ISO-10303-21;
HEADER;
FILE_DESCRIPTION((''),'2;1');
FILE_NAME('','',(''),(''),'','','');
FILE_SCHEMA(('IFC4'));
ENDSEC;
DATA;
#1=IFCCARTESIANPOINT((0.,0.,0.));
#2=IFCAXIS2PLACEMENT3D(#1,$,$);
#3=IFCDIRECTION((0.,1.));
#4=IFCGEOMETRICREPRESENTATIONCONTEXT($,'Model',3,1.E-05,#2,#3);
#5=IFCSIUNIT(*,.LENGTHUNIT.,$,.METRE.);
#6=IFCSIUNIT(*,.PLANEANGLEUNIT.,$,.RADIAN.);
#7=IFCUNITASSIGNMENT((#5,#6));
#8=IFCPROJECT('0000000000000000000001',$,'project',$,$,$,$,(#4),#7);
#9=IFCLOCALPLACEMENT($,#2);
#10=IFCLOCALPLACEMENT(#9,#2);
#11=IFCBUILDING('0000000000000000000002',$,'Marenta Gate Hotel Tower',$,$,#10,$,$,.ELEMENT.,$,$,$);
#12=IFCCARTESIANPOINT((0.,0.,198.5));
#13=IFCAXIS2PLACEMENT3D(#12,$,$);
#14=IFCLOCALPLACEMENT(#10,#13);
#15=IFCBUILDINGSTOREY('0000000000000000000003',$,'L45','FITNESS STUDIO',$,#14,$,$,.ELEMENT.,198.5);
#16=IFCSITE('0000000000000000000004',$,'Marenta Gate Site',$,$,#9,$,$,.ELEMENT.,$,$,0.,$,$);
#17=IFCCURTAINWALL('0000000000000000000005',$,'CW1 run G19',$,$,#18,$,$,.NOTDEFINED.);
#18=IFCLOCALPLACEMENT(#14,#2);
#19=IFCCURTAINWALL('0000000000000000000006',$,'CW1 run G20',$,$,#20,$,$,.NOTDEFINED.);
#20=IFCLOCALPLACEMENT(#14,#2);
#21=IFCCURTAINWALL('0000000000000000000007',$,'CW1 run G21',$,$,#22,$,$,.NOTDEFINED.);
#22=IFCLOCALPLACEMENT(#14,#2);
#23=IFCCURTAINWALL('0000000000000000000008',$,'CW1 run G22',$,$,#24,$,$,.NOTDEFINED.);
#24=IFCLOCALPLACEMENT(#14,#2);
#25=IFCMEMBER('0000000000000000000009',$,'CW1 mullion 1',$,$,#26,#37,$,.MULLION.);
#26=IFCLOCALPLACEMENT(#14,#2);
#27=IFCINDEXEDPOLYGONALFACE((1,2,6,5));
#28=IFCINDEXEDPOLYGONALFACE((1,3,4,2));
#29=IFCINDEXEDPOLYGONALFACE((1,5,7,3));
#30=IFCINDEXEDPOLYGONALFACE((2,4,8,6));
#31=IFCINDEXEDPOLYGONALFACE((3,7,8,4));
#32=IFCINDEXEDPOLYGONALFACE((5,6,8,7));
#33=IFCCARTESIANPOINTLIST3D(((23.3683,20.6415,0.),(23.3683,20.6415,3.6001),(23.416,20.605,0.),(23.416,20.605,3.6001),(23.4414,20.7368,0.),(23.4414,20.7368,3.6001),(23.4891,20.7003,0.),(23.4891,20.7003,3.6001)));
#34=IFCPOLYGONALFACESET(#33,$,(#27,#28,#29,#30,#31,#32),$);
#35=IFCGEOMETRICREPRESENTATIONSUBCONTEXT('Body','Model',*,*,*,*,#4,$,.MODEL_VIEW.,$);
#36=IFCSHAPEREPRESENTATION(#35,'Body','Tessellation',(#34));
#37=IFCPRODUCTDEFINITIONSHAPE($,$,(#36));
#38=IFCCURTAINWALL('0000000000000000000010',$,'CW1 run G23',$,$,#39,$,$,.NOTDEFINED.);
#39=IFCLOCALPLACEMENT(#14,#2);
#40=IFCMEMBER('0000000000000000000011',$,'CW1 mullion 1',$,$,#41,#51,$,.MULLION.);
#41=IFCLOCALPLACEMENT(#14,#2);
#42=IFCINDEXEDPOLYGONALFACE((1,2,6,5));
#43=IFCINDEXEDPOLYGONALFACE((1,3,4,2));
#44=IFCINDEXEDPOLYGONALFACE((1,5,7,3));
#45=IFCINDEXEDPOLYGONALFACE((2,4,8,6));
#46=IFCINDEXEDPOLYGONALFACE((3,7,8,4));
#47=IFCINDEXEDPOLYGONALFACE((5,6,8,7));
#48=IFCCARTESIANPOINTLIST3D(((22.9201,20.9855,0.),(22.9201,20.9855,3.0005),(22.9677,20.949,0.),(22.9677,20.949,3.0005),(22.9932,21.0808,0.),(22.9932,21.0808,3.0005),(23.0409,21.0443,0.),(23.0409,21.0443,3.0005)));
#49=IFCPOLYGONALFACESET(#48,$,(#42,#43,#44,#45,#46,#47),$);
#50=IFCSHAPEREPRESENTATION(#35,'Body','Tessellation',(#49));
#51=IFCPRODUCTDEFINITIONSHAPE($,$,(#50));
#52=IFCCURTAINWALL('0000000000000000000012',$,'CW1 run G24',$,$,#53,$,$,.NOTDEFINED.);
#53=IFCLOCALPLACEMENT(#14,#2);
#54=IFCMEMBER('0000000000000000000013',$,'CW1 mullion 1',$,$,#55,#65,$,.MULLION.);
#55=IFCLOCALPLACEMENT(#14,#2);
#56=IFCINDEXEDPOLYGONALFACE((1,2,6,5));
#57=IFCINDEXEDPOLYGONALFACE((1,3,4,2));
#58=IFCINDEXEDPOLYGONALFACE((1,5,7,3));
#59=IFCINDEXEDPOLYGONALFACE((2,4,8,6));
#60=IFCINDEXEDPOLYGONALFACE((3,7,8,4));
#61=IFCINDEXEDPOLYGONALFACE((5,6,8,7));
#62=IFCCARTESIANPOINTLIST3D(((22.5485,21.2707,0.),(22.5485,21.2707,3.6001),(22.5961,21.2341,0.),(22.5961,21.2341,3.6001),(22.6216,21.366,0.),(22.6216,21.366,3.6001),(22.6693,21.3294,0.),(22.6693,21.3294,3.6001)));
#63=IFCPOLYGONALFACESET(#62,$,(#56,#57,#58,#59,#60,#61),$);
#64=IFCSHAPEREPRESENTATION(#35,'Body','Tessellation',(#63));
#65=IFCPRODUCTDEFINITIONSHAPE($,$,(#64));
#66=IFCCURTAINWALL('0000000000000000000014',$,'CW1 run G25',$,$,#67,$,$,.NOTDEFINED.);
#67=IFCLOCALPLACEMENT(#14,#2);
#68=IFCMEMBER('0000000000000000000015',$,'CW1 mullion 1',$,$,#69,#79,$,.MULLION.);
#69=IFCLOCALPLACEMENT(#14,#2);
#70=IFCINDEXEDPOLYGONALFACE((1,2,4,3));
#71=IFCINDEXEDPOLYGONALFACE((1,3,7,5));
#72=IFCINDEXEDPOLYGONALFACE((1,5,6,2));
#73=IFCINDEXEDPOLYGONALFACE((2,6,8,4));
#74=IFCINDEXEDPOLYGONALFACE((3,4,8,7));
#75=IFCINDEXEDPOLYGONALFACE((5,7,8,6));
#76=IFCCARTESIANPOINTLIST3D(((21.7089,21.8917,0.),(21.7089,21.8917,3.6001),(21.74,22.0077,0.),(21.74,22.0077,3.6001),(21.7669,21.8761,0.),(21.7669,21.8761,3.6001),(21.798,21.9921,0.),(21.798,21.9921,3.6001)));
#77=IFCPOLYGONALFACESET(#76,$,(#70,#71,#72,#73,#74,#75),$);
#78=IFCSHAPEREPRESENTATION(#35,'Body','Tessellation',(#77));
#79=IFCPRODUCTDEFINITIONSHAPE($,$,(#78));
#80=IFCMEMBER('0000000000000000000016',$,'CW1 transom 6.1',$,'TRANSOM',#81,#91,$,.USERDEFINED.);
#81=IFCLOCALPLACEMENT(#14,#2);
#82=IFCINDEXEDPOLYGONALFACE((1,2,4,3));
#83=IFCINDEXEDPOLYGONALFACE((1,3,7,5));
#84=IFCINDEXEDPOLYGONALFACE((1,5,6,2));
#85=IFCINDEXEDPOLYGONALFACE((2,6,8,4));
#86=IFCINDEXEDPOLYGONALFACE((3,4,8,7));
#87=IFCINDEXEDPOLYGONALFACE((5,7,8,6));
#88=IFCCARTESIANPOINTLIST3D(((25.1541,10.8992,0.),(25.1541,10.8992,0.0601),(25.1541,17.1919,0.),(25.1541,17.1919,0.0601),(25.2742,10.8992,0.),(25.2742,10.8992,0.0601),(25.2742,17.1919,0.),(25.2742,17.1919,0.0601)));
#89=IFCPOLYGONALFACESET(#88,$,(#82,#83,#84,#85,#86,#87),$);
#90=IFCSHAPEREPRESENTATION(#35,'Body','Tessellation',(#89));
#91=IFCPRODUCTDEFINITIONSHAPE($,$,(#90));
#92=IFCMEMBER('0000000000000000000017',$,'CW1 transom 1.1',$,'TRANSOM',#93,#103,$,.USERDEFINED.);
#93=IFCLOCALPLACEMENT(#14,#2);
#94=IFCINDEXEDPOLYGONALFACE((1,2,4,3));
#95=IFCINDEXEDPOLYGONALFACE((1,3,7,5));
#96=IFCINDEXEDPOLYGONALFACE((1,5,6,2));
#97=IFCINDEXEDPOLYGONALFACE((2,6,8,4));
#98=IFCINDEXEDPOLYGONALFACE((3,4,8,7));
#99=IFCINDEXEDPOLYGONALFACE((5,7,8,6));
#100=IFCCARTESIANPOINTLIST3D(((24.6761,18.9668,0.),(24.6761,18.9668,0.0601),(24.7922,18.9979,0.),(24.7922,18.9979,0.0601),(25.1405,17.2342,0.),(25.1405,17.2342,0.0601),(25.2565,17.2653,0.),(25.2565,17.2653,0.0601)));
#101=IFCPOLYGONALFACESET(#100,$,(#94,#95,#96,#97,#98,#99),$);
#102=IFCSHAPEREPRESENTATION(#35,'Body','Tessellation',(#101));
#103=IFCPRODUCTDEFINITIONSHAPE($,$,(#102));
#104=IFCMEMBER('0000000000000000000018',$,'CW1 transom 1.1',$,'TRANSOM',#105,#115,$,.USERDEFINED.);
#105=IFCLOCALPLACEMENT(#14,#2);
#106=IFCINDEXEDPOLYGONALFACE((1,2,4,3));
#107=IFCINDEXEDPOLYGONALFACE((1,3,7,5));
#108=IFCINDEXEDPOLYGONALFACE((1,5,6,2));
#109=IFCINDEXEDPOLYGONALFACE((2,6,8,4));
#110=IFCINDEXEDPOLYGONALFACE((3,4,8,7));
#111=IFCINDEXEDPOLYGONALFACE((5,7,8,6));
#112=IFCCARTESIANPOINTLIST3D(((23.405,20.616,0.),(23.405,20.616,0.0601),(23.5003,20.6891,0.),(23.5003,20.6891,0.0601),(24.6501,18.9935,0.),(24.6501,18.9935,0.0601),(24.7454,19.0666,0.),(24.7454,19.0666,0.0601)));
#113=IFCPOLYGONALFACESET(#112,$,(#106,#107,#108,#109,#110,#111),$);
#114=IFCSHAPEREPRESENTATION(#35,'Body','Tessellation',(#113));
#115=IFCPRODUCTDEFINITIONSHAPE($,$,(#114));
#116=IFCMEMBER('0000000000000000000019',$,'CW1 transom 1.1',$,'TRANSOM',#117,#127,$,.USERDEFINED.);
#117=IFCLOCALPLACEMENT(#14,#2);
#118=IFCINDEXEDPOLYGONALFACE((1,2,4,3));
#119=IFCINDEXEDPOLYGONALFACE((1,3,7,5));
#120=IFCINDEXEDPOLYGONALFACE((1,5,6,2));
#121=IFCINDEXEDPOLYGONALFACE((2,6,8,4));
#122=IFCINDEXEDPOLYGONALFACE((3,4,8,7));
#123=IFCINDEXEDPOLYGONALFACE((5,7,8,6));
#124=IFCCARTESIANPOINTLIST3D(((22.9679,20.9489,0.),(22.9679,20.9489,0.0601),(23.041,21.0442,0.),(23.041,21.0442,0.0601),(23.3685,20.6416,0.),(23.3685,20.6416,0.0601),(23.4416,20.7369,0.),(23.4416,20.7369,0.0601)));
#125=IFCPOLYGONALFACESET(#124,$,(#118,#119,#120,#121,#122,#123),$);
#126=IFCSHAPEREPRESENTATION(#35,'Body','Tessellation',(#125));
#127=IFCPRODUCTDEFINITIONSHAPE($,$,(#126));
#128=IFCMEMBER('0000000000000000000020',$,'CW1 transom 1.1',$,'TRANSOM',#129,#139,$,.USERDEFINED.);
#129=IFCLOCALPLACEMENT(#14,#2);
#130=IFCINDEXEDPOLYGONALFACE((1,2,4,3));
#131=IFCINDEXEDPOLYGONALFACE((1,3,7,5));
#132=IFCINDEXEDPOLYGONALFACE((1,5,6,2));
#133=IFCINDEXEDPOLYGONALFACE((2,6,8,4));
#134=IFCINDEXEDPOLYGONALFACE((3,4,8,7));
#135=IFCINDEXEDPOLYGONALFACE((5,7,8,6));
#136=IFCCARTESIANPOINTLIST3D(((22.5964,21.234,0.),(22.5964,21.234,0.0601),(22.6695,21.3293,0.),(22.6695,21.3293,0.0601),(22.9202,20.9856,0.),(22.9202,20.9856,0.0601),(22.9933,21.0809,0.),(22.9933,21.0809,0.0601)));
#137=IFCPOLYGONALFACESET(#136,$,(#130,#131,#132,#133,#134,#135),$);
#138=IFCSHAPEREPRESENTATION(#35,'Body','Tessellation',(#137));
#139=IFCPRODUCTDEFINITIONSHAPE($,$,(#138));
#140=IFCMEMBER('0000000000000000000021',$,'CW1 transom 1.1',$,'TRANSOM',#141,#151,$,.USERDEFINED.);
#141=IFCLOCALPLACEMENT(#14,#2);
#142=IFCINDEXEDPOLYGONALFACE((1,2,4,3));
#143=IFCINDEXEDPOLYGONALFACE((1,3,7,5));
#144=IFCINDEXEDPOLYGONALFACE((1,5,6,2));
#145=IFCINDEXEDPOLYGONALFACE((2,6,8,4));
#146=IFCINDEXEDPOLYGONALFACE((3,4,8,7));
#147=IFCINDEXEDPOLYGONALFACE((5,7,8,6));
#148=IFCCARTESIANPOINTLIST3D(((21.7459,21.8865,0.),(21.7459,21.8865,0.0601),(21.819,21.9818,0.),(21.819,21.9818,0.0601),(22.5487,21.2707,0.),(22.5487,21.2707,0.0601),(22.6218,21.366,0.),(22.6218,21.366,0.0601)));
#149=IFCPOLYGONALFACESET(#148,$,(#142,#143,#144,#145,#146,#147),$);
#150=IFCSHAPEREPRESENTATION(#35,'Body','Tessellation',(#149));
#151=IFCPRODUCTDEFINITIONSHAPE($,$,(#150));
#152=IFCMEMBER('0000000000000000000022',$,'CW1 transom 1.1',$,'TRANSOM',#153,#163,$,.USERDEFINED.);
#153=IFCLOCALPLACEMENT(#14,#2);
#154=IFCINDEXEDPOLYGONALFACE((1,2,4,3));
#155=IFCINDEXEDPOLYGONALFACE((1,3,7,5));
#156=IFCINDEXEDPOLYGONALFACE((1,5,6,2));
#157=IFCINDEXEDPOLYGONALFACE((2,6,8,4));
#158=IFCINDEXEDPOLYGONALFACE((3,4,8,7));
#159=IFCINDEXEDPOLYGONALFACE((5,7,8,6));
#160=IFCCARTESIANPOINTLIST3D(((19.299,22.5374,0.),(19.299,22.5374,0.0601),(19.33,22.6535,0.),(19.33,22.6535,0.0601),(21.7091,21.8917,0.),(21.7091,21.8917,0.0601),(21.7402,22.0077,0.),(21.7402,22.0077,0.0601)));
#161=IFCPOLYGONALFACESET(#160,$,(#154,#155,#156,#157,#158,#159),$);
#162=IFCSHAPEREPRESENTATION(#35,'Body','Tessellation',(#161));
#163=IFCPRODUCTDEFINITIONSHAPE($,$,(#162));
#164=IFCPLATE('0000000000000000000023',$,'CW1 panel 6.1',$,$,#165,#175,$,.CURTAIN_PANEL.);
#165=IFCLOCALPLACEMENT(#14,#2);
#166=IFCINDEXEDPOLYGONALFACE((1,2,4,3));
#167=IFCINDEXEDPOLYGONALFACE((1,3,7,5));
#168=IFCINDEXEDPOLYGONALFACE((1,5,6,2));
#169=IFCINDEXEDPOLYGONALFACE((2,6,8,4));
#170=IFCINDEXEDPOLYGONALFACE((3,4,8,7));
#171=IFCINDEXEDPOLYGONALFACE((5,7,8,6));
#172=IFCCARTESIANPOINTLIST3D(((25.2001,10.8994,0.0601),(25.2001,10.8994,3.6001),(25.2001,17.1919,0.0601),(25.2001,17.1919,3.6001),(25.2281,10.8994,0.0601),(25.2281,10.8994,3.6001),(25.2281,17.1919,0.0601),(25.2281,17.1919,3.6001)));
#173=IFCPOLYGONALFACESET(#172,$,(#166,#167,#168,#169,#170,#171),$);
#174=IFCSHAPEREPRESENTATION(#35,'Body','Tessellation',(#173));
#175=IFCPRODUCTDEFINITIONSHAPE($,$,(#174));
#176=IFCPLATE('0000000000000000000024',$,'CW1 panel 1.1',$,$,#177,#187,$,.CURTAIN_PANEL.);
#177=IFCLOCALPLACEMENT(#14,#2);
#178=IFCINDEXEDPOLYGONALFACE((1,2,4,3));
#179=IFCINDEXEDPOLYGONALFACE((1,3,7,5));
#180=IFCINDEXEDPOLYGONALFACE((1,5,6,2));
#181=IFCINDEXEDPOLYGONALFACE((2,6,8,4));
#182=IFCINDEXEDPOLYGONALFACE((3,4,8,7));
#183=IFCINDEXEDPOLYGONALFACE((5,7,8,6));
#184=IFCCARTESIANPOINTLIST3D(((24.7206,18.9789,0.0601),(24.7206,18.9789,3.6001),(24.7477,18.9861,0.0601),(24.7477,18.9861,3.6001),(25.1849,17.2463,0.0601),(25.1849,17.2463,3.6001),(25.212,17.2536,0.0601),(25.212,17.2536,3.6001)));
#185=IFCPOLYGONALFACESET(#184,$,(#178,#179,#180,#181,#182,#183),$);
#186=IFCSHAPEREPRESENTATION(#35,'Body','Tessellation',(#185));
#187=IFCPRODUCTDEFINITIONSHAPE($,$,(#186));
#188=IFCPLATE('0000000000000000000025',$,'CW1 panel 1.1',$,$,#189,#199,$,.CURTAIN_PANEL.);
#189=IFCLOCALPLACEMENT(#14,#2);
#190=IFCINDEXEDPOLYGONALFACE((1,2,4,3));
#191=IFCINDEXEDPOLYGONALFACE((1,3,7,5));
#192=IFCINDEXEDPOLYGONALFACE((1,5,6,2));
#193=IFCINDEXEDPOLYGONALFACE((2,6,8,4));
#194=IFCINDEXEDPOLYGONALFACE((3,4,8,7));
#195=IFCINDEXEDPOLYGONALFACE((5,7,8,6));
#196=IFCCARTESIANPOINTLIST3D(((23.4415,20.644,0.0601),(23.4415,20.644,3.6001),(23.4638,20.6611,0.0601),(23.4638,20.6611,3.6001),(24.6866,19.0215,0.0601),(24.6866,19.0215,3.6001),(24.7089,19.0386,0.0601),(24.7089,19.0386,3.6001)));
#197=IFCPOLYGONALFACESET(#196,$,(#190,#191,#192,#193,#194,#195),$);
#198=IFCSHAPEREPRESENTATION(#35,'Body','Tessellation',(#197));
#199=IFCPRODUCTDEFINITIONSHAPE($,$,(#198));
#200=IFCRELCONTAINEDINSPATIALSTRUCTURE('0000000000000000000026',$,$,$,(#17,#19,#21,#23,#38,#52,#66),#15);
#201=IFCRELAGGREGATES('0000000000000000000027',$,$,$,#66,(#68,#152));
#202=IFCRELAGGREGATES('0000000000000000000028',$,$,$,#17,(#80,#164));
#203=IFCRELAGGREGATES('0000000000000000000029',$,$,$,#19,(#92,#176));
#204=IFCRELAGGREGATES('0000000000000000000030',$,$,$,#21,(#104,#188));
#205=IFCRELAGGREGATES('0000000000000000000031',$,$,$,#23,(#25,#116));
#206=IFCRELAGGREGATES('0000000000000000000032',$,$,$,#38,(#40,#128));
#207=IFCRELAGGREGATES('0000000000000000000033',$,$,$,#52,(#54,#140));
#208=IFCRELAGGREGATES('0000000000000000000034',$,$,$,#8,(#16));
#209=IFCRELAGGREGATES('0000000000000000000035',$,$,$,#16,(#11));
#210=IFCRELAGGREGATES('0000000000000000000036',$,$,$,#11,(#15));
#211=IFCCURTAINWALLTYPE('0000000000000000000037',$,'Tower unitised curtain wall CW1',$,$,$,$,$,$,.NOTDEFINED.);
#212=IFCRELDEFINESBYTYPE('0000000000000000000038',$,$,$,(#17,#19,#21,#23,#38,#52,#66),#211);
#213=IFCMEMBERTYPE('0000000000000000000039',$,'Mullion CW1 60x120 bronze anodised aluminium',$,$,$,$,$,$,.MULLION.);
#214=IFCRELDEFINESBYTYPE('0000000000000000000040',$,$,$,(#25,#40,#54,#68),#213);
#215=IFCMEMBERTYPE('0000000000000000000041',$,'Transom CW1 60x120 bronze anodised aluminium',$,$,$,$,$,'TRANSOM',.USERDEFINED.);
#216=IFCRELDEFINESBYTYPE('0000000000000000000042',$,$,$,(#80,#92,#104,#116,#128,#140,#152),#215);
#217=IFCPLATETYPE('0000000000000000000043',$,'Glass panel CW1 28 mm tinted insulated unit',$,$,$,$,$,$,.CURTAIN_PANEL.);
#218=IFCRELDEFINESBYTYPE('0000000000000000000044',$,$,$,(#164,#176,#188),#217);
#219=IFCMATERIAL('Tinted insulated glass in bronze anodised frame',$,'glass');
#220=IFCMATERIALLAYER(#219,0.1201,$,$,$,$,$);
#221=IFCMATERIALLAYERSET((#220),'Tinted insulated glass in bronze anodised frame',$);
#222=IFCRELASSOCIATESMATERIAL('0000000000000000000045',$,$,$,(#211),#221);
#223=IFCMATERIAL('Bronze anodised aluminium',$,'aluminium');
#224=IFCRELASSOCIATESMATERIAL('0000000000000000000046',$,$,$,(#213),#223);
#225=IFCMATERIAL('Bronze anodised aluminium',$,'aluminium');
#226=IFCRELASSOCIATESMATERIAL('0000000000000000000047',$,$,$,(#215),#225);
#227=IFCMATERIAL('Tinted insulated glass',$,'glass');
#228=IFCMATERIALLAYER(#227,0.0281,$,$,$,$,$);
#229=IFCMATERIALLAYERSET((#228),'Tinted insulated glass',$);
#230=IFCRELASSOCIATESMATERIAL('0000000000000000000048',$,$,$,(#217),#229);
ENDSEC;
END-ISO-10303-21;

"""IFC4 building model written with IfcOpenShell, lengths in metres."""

from ifc_helpers import new_model, si_unit, direction, frame, origin, origin_2d, place, context, subcontext, project, spatial, rectangle, extrude, material, layer, layer_set, material_profile, profile_set, type_object, element, aggregate, save


model = new_model("IFC4")

# Units and contexts
model_context = context("Model", 3, precision=1e-05, world=origin(), true_north=direction((0.0, 1.0)))
body_context = subcontext(model_context, "Body", "Model", "MODEL_VIEW")
ifc_project = project(units=[si_unit("LENGTHUNIT", "METRE"), si_unit("PLANEANGLEUNIT", "RADIAN")], contexts=[model_context])

# Site, building, storey
site_placement = place(None, origin())
site = spatial("IfcSite", under=ifc_project, at=site_placement, Name="Marenta Gate Site", CompositionType="ELEMENT", RefElevation=0.0)
building_placement = place(site_placement, origin())
building = spatial("IfcBuilding", under=site, at=building_placement, Name="Marenta Gate Hotel Tower", CompositionType="ELEMENT")
storey_placement = place(building_placement, frame((0.0, 0.0, 198.5)))
storey = spatial("IfcBuildingStorey", under=building, at=storey_placement, Name="L45", Description="FITNESS STUDIO", CompositionType="ELEMENT", Elevation=198.5)

# Curtain walls, members
ifc_material_1 = material(Name="Tinted insulated glass in bronze anodised frame", Category="glass")
ifc_layer_1 = layer(ifc_material_1, 0.1201)
ifc_layer_set_1 = layer_set([ifc_layer_1], Name="Tinted insulated glass in bronze anodised frame")
curtain_wall_type = type_object("IfcCurtainWallType", Name="Tower unitised curtain wall CW1", PredefinedType="NOTDEFINED", material=ifc_layer_set_1)
curtain_wall_1_placement = place(storey_placement, origin())
curtain_wall_1 = element("IfcCurtainWall", 1, at=curtain_wall_1_placement, inside=storey, type_object=curtain_wall_type, Name="CW1 run G19", PredefinedType="NOTDEFINED")
ifc_material_2 = material(Name="Bronze anodised aluminium", Category="aluminium")
ifc_material_profile_1 = material_profile(ifc_material_2, rectangle(XDim=0.1201, YDim=0.0601, at=origin_2d()), Name="Mullion CW1 60x120 bronze anodised aluminium")
ifc_profile_set_1 = profile_set([ifc_material_profile_1], Name="Bronze anodised aluminium")
member_type_1 = type_object("IfcMemberType", Name="Mullion CW1 60x120 bronze anodised aluminium", PredefinedType="MULLION", material=ifc_profile_set_1)
curtain_wall_2_placement = place(storey_placement, origin())
curtain_wall_2 = element("IfcCurtainWall", 2, at=curtain_wall_2_placement, inside=storey, type_object=curtain_wall_type, Name="CW1 run G20", PredefinedType="NOTDEFINED")
curtain_wall_3_placement = place(storey_placement, origin())
curtain_wall_3 = element("IfcCurtainWall", 3, at=curtain_wall_3_placement, inside=storey, type_object=curtain_wall_type, Name="CW1 run G21", PredefinedType="NOTDEFINED")
curtain_wall_4_placement = place(storey_placement, origin())
curtain_wall_4 = element("IfcCurtainWall", 4, at=curtain_wall_4_placement, inside=storey, type_object=curtain_wall_type, Name="CW1 run G22", PredefinedType="NOTDEFINED")
member_1_placement = place(storey_placement, frame((23.4287, 20.6709, 0.0), z_axis=(0.0, 0.0, 1.0), x_axis=(-0.60877, -0.793347, 0.0)))
member_1 = element("IfcMember", 5, at=member_1_placement, type_object=member_type_1, Name="CW1 mullion 1", PredefinedType="MULLION", context=body_context, shape_type="SweptSolid", body=[
    extrude(rectangle(XDim=0.1201, YDim=0.0601, at=origin_2d()), origin(), (0.0, 0.0, 1.0), 3.6001),
])
curtain_wall_5_placement = place(storey_placement, origin())
curtain_wall_5 = element("IfcCurtainWall", 6, at=curtain_wall_5_placement, inside=storey, type_object=curtain_wall_type, Name="CW1 run G23", PredefinedType="NOTDEFINED")
member_2_placement = place(storey_placement, frame((22.9805, 21.0149, 0.0), z_axis=(0.0, 0.0, 1.0), x_axis=(-0.608844, -0.79329, 0.0)))
member_2 = element("IfcMember", 7, at=member_2_placement, type_object=member_type_1, Name="CW1 mullion 1", PredefinedType="MULLION", context=body_context, shape_type="SweptSolid", body=[
    extrude(rectangle(XDim=0.1201, YDim=0.0601, at=origin_2d()), origin(), (0.0, 0.0, 1.0), 3.0005),
])
curtain_wall_6_placement = place(storey_placement, origin())
curtain_wall_6 = element("IfcCurtainWall", 8, at=curtain_wall_6_placement, inside=storey, type_object=curtain_wall_type, Name="CW1 run G24", PredefinedType="NOTDEFINED")
member_3_placement = place(storey_placement, frame((22.6089, 21.3, 0.0), z_axis=(0.0, 0.0, 1.0), x_axis=(-0.608772, -0.793345, 0.0)))
member_3 = element("IfcMember", 9, at=member_3_placement, type_object=member_type_1, Name="CW1 mullion 1", PredefinedType="MULLION", context=body_context, shape_type="SweptSolid", body=[
    extrude(rectangle(XDim=0.1201, YDim=0.0601, at=origin_2d()), origin(), (0.0, 0.0, 1.0), 3.6001),
])
curtain_wall_7_placement = place(storey_placement, origin())
curtain_wall_7 = element("IfcCurtainWall", 10, at=curtain_wall_7_placement, inside=storey, type_object=curtain_wall_type, Name="CW1 run G25", PredefinedType="NOTDEFINED")
member_4_placement = place(storey_placement, frame((21.7534, 21.9419, 0.0), z_axis=(0.0, 0.0, 1.0), x_axis=(-0.258805, -0.96593, 0.0)))
member_4 = element("IfcMember", 11, at=member_4_placement, type_object=member_type_1, Name="CW1 mullion 1", PredefinedType="MULLION", context=body_context, shape_type="SweptSolid", body=[
    extrude(rectangle(XDim=0.1201, YDim=0.0601, at=origin_2d()), origin(), (0.0, 0.0, 1.0), 3.6001),
])

# Members
ifc_material_3 = material(Name="Bronze anodised aluminium", Category="aluminium")
ifc_material_profile_2 = material_profile(ifc_material_3, rectangle(XDim=0.1201, YDim=0.0601, at=origin_2d()), Name="Transom CW1 60x120 bronze anodised aluminium")
ifc_profile_set_2 = profile_set([ifc_material_profile_2], Name="Bronze anodised aluminium")
member_type_2 = type_object("IfcMemberType", Name="Transom CW1 60x120 bronze anodised aluminium", ElementType="TRANSOM", PredefinedType="USERDEFINED", material=ifc_profile_set_2)
member_5_placement = place(storey_placement, frame((25.2141, 10.8992, 0.03), z_axis=(0.0, 1.0, 0.0), x_axis=(-1.0, 0.0, 0.0)))
member_5 = element("IfcMember", 12, at=member_5_placement, type_object=member_type_2, Name="CW1 transom 6.1", ObjectType="TRANSOM", PredefinedType="USERDEFINED", context=body_context, shape_type="SweptSolid", body=[
    extrude(rectangle(XDim=0.1201, YDim=0.0601, at=origin_2d()), origin(), (0.0, 0.0, 1.0), 6.2927),
])
member_6_placement = place(storey_placement, frame((25.1985, 17.2498, 0.03), z_axis=(-0.258865, 0.965913, 0.0), x_axis=(-0.965913, -0.258865, 0.0)))
member_6 = element("IfcMember", 13, at=member_6_placement, type_object=member_type_2, Name="CW1 transom 1.1", ObjectType="TRANSOM", PredefinedType="USERDEFINED", context=body_context, shape_type="SweptSolid", body=[
    extrude(rectangle(XDim=0.1201, YDim=0.0601, at=origin_2d()), origin(), (0.0, 0.0, 1.0), 1.7937),
])
member_7_placement = place(storey_placement, frame((24.6978, 19.03, 0.03), z_axis=(-0.608787, 0.793333, 0.0), x_axis=(-0.793333, -0.608787, 0.0)))
member_7 = element("IfcMember", 14, at=member_7_placement, type_object=member_type_2, Name="CW1 transom 1.1", ObjectType="TRANSOM", PredefinedType="USERDEFINED", context=body_context, shape_type="SweptSolid", body=[
    extrude(rectangle(XDim=0.1201, YDim=0.0601, at=origin_2d()), origin(), (0.0, 0.0, 1.0), 2.0452),
])
member_8_placement = place(storey_placement, frame((23.405, 20.6892, 0.03), z_axis=(-0.793396, 0.608706, 0.0), x_axis=(-0.608706, -0.793396, 0.0)))
member_8 = element("IfcMember", 15, at=member_8_placement, type_object=member_type_2, Name="CW1 transom 1.1", ObjectType="TRANSOM", PredefinedType="USERDEFINED", context=body_context, shape_type="SweptSolid", body=[
    extrude(rectangle(XDim=0.1201, YDim=0.0601, at=origin_2d()), origin(), (0.0, 0.0, 1.0), 0.5049),
])
member_9_placement = place(storey_placement, frame((22.9568, 21.0332, 0.03), z_axis=(-0.793423, 0.60867, 0.0), x_axis=(-0.60867, -0.793423, 0.0)))
member_9 = element("IfcMember", 16, at=member_9_placement, type_object=member_type_2, Name="CW1 transom 1.1", ObjectType="TRANSOM", PredefinedType="USERDEFINED", context=body_context, shape_type="SweptSolid", body=[
    extrude(rectangle(XDim=0.1201, YDim=0.0601, at=origin_2d()), origin(), (0.0, 0.0, 1.0), 0.4082),
])
member_10_placement = place(storey_placement, frame((22.5852, 21.3184, 0.03), z_axis=(-0.793467, 0.608614, 0.0), x_axis=(-0.608614, -0.793467, 0.0)))
member_10 = element("IfcMember", 17, at=member_10_placement, type_object=member_type_2, Name="CW1 transom 1.1", ObjectType="TRANSOM", PredefinedType="USERDEFINED", context=body_context, shape_type="SweptSolid", body=[
    extrude(rectangle(XDim=0.1201, YDim=0.0601, at=origin_2d()), origin(), (0.0, 0.0, 1.0), 1.0117),
])
member_11_placement = place(storey_placement, frame((21.7246, 21.9497, 0.03), z_axis=(-0.965931, 0.258801, 0.0), x_axis=(-0.258801, -0.965931, 0.0)))
member_11 = element("IfcMember", 18, at=member_11_placement, type_object=member_type_2, Name="CW1 transom 1.1", ObjectType="TRANSOM", PredefinedType="USERDEFINED", context=body_context, shape_type="SweptSolid", body=[
    extrude(rectangle(XDim=0.1201, YDim=0.0601, at=origin_2d()), origin(), (0.0, 0.0, 1.0), 2.4951),
])
aggregate(curtain_wall_7, [member_4, member_11])

# Plates
ifc_material_4 = material(Name="Tinted insulated glass", Category="glass")
ifc_layer_2 = layer(ifc_material_4, 0.0281)
ifc_layer_set_2 = layer_set([ifc_layer_2], Name="Tinted insulated glass")
plate_type = type_object("IfcPlateType", Name="Glass panel CW1 28 mm tinted insulated unit", PredefinedType="CURTAIN_PANEL", material=ifc_layer_set_2)
plate_1_placement = place(storey_placement, frame((25.2141, 14.0457, 0.0601), z_axis=(0.0, 0.0, 1.0), x_axis=(0.0, 1.0, 0.0)))
plate_1 = element("IfcPlate", 19, at=plate_1_placement, type_object=plate_type, Name="CW1 panel 6.1", PredefinedType="CURTAIN_PANEL", context=body_context, shape_type="SweptSolid", body=[
    extrude(rectangle(XDim=6.2925, YDim=0.0281, at=origin_2d()), origin(), (0.0, 0.0, 1.0), 3.54),
])
aggregate(curtain_wall_1, [member_5, plate_1])
plate_2_placement = place(storey_placement, frame((24.9663, 18.1162, 0.0601), z_axis=(0.0, 0.0, 1.0), x_axis=(-0.258824, 0.965924, 0.0)))
plate_2 = element("IfcPlate", 20, at=plate_2_placement, type_object=plate_type, Name="CW1 panel 1.1", PredefinedType="CURTAIN_PANEL", context=body_context, shape_type="SweptSolid", body=[
    extrude(rectangle(XDim=1.7937, YDim=0.0281, at=origin_2d()), origin(), (0.0, 0.0, 1.0), 3.54),
])
aggregate(curtain_wall_2, [member_6, plate_2])
plate_3_placement = place(storey_placement, frame((24.0752, 19.8413, 0.0601), z_axis=(0.0, 0.0, 1.0), x_axis=(-0.608787, 0.793333, 0.0)))
plate_3 = element("IfcPlate", 21, at=plate_3_placement, type_object=plate_type, Name="CW1 panel 1.1", PredefinedType="CURTAIN_PANEL", context=body_context, shape_type="SweptSolid", body=[
    extrude(rectangle(XDim=2.0452, YDim=0.0281, at=origin_2d()), origin(), (0.0, 0.0, 1.0), 3.54),
])
aggregate(curtain_wall_3, [member_7, plate_3])
aggregate(curtain_wall_4, [member_1, member_8])
aggregate(curtain_wall_5, [member_2, member_9])
aggregate(curtain_wall_6, [member_3, member_10])

save(model, "model.ifc")
